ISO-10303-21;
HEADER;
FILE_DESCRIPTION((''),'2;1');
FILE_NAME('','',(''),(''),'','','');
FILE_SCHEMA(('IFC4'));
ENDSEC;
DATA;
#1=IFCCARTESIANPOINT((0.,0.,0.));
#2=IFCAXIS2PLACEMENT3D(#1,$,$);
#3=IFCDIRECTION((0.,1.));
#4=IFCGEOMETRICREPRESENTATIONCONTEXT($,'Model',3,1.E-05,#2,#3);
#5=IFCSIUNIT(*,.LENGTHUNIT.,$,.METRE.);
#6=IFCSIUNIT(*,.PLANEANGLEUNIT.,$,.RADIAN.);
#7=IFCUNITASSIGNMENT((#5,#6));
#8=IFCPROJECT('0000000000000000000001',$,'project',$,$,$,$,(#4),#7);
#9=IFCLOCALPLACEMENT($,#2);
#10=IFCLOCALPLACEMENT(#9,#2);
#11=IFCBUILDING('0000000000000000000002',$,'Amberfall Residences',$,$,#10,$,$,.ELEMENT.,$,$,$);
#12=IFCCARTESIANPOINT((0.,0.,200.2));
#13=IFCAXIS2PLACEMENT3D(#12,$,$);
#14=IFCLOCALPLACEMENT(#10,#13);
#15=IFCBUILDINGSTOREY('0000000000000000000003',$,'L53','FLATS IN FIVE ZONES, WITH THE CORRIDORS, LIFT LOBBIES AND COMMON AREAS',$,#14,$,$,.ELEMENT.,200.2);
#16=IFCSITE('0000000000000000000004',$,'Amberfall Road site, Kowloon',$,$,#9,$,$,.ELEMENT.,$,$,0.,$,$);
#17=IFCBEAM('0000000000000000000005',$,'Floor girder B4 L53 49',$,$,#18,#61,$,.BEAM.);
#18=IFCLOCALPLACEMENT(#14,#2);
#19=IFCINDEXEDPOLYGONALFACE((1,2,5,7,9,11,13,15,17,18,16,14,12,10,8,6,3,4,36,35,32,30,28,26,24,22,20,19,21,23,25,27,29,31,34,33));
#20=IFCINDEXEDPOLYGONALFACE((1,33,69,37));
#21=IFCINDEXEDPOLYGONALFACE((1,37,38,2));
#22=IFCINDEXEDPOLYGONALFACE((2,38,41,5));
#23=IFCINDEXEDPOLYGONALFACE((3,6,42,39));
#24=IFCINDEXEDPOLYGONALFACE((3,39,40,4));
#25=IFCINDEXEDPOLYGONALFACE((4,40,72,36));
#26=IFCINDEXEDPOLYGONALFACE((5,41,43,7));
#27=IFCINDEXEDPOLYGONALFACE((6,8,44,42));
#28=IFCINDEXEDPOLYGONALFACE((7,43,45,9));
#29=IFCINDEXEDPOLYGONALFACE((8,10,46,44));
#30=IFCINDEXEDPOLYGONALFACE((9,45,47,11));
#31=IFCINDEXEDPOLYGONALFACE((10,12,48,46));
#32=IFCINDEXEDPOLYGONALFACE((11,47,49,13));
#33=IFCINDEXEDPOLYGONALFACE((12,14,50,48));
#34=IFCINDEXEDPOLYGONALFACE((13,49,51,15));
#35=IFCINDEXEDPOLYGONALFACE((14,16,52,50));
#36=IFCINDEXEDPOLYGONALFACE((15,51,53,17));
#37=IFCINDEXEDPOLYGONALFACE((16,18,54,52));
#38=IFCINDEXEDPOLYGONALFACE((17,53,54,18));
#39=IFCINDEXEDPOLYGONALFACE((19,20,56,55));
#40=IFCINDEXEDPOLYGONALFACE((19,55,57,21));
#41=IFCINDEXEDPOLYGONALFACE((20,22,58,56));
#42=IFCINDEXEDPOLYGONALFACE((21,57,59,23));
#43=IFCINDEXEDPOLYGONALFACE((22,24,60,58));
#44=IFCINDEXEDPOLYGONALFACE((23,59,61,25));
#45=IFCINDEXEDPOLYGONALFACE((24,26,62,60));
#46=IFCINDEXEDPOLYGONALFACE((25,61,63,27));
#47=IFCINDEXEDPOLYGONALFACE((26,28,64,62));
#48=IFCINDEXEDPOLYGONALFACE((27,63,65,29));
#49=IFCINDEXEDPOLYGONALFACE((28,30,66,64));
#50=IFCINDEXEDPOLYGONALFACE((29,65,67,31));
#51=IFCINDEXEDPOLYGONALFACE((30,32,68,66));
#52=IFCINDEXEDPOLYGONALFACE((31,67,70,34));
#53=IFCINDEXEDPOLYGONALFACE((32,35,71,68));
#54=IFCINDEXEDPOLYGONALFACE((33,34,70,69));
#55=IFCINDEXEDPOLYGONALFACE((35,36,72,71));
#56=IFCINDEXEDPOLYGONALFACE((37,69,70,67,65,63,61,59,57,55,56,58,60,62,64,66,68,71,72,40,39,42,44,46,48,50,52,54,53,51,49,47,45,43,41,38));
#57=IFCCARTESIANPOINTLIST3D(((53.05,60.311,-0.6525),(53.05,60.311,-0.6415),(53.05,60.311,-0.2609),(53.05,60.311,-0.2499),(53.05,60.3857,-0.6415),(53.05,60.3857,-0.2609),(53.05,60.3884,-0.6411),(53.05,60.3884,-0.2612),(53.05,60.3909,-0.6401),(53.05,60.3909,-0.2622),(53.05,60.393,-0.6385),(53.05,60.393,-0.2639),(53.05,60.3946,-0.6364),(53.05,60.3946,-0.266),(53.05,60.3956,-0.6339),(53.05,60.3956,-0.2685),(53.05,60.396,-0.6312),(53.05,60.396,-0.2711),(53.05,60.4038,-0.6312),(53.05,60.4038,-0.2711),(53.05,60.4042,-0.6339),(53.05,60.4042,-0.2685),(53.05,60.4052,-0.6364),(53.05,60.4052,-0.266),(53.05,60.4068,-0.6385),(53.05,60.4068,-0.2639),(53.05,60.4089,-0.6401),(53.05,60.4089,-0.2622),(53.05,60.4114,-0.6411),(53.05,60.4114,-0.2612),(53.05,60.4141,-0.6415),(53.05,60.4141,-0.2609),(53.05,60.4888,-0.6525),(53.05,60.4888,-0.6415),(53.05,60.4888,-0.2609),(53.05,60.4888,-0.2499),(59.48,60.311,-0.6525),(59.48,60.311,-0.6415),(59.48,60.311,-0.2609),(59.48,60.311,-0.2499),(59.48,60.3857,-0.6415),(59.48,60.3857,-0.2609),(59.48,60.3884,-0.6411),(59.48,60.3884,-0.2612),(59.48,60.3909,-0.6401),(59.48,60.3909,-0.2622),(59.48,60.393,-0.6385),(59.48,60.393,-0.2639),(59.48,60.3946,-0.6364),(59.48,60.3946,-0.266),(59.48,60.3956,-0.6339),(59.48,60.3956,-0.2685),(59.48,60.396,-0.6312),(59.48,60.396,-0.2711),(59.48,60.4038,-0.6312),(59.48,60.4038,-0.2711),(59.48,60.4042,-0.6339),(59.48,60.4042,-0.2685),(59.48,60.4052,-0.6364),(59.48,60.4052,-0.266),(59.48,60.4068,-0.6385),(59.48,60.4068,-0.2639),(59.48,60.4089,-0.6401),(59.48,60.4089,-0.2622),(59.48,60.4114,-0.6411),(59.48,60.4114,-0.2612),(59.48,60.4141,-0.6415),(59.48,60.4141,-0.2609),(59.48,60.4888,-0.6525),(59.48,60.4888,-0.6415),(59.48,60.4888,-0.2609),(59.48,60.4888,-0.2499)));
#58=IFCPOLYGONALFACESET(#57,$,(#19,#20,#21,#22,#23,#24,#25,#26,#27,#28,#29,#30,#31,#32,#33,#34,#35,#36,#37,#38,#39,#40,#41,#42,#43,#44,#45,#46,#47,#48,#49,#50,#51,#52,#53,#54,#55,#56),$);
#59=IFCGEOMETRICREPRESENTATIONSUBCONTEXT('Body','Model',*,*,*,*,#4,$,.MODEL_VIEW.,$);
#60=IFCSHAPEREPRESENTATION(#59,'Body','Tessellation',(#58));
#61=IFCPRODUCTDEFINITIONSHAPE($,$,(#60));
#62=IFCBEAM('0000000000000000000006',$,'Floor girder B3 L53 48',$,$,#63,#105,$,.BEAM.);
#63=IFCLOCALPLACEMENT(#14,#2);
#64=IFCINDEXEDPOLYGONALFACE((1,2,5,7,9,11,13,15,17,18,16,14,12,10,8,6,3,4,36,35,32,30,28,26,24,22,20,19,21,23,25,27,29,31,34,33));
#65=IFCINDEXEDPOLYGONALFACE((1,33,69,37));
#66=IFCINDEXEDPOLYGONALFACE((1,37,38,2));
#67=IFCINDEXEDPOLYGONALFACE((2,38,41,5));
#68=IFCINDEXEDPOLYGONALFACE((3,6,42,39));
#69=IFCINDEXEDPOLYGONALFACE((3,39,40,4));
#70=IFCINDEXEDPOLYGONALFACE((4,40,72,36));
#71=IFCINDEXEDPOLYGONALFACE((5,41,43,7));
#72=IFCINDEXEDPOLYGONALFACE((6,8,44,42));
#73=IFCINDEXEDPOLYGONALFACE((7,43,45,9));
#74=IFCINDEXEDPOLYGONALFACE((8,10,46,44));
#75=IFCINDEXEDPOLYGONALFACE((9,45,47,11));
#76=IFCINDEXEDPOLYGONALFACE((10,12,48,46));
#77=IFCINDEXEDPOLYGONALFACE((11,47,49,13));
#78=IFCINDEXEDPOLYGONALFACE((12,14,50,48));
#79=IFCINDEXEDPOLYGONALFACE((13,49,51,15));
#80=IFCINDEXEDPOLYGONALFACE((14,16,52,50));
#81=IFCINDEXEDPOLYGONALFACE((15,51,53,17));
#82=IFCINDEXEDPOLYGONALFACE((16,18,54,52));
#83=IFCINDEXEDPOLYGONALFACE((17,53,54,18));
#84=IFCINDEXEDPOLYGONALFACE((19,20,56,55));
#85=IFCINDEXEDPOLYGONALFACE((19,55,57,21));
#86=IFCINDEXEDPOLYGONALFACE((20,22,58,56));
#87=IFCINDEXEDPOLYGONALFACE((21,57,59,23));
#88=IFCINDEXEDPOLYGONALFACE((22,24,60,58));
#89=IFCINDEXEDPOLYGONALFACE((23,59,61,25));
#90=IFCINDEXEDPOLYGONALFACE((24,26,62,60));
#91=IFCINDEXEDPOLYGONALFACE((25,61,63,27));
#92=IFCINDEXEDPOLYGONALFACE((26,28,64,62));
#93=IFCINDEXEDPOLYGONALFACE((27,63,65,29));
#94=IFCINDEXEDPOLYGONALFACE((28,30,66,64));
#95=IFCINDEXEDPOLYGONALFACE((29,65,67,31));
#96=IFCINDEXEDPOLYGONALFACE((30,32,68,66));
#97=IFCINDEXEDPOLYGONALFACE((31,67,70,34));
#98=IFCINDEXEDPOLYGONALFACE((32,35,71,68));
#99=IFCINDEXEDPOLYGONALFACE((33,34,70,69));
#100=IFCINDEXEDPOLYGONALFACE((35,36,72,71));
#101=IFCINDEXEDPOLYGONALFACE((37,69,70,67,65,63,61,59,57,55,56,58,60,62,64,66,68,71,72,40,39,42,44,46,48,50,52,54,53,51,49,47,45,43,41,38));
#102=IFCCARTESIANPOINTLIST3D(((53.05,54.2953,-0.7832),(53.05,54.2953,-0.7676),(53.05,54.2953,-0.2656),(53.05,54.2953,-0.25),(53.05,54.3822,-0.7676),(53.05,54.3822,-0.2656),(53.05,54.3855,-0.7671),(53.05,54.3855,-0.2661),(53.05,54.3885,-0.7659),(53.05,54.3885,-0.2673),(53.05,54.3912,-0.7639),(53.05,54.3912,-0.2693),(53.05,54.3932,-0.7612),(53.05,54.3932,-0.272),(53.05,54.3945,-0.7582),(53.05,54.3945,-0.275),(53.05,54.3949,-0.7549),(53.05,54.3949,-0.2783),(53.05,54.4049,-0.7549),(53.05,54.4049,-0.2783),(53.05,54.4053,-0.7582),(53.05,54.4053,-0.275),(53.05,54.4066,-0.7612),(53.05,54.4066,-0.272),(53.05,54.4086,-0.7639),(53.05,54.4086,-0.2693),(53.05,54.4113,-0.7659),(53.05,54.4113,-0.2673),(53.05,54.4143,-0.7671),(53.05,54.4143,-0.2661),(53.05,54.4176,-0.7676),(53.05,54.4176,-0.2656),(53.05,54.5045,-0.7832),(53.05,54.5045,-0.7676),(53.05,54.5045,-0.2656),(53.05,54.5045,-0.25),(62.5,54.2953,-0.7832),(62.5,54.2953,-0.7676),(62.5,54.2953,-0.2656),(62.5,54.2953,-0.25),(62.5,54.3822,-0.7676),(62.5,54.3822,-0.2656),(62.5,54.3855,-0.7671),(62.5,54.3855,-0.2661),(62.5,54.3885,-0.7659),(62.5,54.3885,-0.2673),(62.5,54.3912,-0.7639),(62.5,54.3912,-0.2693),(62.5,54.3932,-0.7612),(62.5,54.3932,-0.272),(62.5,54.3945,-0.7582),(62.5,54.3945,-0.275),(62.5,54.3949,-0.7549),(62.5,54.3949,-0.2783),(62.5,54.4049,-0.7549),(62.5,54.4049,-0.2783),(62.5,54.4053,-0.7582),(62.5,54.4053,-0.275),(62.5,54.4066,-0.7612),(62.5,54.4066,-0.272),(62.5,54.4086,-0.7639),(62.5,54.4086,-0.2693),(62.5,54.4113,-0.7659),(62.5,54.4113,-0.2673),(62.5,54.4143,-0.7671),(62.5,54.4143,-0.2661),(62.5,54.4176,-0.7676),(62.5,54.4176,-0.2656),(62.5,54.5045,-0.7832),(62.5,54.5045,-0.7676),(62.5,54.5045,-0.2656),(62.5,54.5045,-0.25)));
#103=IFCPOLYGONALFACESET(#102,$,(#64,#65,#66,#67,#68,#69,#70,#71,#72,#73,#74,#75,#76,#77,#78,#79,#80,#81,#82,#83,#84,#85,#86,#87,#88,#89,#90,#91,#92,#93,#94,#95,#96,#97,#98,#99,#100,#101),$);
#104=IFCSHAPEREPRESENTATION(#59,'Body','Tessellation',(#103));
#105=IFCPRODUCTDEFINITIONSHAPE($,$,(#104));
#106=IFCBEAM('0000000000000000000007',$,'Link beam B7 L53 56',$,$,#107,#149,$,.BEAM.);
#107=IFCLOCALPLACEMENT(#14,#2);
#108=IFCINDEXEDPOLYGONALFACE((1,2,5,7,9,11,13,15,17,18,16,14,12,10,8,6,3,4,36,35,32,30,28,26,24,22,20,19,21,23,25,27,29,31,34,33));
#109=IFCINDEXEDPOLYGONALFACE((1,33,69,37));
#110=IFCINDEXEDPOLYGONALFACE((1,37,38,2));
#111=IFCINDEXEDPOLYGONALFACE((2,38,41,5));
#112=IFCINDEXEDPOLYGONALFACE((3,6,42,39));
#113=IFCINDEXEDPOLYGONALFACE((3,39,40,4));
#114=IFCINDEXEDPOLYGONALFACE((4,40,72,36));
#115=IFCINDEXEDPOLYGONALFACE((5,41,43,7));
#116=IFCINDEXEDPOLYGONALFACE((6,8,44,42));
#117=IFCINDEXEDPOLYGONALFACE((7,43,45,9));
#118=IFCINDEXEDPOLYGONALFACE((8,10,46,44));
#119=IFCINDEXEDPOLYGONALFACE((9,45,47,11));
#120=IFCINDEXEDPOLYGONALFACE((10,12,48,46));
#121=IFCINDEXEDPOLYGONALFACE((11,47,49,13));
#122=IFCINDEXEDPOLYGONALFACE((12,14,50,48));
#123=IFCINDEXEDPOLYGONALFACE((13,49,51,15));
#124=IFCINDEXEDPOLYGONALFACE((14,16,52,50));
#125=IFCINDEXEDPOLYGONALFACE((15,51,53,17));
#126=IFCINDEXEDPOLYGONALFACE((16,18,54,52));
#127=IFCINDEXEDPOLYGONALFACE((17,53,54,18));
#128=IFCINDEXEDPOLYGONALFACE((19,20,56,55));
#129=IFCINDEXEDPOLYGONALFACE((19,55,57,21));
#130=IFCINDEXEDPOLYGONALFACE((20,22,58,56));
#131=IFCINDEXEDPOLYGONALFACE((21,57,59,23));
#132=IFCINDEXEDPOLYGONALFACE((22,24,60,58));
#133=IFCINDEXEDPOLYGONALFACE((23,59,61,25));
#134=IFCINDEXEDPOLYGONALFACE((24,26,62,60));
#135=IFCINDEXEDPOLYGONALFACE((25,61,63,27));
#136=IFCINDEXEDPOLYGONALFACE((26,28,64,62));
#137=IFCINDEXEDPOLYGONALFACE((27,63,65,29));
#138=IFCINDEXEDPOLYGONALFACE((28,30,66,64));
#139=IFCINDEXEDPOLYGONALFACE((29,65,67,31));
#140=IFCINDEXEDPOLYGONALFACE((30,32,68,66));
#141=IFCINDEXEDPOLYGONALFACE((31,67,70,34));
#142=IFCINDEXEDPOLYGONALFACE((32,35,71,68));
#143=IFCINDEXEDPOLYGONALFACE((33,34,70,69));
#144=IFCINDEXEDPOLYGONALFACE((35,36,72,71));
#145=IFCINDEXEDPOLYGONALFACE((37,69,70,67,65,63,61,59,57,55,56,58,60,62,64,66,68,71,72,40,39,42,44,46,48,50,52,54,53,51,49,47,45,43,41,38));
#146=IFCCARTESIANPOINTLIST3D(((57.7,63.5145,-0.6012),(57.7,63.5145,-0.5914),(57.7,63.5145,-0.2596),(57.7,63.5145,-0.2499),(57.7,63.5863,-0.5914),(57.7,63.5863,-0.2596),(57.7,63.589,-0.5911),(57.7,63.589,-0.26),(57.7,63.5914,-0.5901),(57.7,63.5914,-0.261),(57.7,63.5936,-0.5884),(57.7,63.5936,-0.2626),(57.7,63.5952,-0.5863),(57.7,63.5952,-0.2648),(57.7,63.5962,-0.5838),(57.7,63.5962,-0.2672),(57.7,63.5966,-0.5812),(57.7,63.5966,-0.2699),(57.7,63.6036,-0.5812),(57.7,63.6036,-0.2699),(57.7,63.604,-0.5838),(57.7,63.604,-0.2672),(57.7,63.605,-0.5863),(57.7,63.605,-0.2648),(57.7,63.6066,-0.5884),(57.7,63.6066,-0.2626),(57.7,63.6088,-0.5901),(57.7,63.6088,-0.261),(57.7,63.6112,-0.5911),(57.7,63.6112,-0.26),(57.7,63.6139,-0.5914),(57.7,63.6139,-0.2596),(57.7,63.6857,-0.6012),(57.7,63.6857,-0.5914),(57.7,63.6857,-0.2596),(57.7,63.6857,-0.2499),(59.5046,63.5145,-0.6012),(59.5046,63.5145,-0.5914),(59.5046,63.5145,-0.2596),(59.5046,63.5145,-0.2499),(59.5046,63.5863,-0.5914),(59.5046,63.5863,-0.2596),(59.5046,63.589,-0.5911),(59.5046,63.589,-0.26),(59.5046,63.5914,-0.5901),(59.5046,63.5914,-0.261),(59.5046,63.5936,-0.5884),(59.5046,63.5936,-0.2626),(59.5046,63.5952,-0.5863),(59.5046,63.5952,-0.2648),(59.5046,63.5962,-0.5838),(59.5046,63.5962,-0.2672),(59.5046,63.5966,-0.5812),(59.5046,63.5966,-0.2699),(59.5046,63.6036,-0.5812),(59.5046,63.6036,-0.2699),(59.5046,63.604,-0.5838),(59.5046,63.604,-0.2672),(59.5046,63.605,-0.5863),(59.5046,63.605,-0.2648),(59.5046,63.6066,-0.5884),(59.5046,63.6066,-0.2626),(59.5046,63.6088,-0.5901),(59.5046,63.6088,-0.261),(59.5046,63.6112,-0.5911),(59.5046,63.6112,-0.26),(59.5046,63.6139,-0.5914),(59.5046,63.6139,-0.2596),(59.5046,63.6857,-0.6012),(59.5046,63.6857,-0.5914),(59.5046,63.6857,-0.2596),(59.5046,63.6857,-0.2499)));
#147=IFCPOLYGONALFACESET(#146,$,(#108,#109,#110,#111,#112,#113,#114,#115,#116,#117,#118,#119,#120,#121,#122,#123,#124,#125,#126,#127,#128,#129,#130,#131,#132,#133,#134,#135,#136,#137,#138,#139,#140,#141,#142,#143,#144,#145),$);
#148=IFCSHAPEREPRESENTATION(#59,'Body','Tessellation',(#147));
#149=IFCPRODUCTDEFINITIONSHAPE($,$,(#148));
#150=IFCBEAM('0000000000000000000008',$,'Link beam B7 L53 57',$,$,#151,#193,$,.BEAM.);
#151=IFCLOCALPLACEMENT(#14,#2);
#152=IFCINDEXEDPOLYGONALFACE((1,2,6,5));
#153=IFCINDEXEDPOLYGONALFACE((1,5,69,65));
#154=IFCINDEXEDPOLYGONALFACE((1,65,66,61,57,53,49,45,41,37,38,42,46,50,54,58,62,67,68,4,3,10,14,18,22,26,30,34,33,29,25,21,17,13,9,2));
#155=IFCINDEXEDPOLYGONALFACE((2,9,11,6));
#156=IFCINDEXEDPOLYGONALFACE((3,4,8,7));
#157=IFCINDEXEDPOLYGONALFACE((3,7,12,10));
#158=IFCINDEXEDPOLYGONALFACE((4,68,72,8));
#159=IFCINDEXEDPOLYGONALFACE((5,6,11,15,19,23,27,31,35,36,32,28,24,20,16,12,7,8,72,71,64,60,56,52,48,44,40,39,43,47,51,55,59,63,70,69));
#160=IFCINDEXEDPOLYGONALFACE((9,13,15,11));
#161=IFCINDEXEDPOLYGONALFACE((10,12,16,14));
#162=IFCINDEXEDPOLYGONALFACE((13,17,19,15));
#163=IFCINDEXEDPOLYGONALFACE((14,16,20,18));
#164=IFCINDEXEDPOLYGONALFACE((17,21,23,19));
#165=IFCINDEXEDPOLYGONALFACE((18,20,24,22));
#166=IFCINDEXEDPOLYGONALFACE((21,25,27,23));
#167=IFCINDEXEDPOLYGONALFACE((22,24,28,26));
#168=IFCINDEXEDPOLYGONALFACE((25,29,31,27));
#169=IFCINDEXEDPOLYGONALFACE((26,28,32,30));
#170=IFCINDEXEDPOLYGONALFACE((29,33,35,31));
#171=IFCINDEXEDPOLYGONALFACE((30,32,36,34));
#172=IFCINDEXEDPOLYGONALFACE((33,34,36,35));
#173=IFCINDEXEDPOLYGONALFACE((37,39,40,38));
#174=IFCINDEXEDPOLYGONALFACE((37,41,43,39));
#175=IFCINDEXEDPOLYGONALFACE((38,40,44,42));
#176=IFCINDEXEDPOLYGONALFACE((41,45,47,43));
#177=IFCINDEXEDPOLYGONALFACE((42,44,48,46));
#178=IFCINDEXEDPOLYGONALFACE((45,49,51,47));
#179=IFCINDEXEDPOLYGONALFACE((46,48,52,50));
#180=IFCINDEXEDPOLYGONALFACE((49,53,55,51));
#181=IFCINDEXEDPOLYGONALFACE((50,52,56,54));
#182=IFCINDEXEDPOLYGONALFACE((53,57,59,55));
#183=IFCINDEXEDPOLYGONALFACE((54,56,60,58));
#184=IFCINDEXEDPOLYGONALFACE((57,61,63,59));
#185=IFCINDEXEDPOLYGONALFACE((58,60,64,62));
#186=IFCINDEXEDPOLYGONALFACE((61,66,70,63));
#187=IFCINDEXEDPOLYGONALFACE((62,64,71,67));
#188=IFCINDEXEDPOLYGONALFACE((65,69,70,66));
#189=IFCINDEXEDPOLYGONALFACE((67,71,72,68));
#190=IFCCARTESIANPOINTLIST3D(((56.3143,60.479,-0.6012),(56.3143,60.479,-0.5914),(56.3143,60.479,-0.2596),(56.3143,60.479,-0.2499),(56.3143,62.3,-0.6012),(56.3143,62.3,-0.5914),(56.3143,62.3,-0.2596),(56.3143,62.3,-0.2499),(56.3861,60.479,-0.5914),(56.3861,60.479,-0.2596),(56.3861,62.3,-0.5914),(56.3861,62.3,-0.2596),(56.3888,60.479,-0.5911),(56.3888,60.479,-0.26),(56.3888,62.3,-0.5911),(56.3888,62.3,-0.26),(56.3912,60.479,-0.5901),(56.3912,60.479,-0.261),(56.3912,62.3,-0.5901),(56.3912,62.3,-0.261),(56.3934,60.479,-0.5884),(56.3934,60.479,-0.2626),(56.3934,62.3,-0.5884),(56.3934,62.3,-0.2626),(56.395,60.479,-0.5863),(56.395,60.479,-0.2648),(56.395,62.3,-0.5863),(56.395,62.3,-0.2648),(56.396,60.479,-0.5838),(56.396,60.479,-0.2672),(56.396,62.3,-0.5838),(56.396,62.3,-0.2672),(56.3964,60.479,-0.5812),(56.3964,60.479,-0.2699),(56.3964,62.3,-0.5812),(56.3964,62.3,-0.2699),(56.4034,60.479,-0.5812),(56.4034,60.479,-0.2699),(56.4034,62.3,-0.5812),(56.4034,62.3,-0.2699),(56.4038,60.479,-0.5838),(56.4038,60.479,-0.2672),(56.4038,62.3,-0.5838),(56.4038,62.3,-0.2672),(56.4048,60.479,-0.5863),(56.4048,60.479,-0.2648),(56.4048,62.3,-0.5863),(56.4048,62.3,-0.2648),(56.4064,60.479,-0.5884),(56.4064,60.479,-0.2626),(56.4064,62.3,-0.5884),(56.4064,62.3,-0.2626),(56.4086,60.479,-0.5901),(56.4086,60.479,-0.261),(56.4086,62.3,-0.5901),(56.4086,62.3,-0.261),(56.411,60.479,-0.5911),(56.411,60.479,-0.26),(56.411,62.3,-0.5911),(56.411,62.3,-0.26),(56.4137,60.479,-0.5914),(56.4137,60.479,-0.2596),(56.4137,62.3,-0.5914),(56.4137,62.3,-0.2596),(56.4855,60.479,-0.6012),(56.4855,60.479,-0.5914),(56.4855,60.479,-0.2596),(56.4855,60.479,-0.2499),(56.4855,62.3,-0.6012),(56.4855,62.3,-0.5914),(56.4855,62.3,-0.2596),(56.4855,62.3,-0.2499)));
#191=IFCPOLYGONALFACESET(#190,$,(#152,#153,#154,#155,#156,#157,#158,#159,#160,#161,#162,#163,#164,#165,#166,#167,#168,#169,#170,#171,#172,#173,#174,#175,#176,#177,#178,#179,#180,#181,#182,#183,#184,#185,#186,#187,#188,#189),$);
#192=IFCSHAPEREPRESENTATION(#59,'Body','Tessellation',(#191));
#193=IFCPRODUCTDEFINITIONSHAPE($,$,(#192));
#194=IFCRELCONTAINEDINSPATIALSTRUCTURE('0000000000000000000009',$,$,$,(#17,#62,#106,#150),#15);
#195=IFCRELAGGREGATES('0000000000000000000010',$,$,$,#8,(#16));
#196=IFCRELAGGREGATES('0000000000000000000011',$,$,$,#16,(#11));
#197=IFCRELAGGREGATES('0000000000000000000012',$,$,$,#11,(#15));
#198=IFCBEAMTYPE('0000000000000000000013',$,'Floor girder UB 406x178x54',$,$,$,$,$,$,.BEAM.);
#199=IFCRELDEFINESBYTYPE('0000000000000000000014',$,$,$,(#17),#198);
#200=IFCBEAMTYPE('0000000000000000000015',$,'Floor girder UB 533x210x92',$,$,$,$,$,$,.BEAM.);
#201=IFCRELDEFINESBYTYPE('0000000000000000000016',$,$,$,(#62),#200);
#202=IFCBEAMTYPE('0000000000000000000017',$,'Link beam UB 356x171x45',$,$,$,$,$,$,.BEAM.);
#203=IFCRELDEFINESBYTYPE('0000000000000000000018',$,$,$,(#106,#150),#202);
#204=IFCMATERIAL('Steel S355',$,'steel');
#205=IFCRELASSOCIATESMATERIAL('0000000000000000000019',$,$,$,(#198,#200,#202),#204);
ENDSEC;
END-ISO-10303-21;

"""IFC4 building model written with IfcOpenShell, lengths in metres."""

from ifc_helpers import new_model, si_unit, direction, frame, origin, origin_2d, place, context, subcontext, project, spatial, i_section, extrude, material, material_profile, profile_set, type_object, element, save


model = new_model("IFC4")

# Units and contexts
model_context = context("Model", 3, precision=1e-05, world=origin(), true_north=direction((0.0, 1.0)))
body_context = subcontext(model_context, "Body", "Model", "MODEL_VIEW")
ifc_project = project(units=[si_unit("LENGTHUNIT", "METRE"), si_unit("PLANEANGLEUNIT", "RADIAN")], contexts=[model_context])

# Site, building, storey
site_placement = place(None, origin())
site = spatial("IfcSite", under=ifc_project, at=site_placement, Name="Amberfall Road site, Kowloon", CompositionType="ELEMENT", RefElevation=0.0)
building_placement = place(site_placement, origin())
building = spatial("IfcBuilding", under=site, at=building_placement, Name="Amberfall Residences", CompositionType="ELEMENT")
storey_placement = place(building_placement, frame((0.0, 0.0, 200.2)))
storey = spatial("IfcBuildingStorey", under=building, at=storey_placement, Name="L53", Description="FLATS IN FIVE ZONES, WITH THE CORRIDORS, LIFT LOBBIES AND COMMON AREAS", CompositionType="ELEMENT", Elevation=200.2)

# Shared definitions
ifc_material_1 = material(Name="Steel S355", Category="steel")

# Beams
ifc_material_profile_1 = material_profile(ifc_material_1, i_section(OverallWidth=0.1777, OverallDepth=0.4026, WebThickness=0.0078, FlangeThickness=0.011, FilletRadius=0.0103, at=origin_2d()), Name="UB 406x178x54")
ifc_profile_set_1 = profile_set([ifc_material_profile_1], Name="Steel S355")
beam_type_1 = type_object("IfcBeamType", Name="Floor girder UB 406x178x54", PredefinedType="BEAM", material=ifc_profile_set_1)
beam_1_placement = place(storey_placement, frame((53.05, 60.3999, -0.4512), z_axis=(1.0, 0.0, 0.0), x_axis=(0.0, 1.0, 0.0)))
element("IfcBeam", 1, at=beam_1_placement, inside=storey, type_object=beam_type_1, Name="Floor girder B4 L53 49", PredefinedType="BEAM", context=body_context, shape_type="SweptSolid", body=[
    extrude(i_section(OverallWidth=0.1777, OverallDepth=0.4026, WebThickness=0.0078, FlangeThickness=0.011, FilletRadius=0.0103, at=origin_2d()), origin(), (0.0, 0.0, 1.0), 6.4299),
])
ifc_material_profile_2 = material_profile(ifc_material_1, i_section(OverallWidth=0.2092, OverallDepth=0.5332, WebThickness=0.01, FlangeThickness=0.0156, FilletRadius=0.0127, at=origin_2d()), Name="UB 533x210x92")
ifc_profile_set_2 = profile_set([ifc_material_profile_2], Name="Steel S355")
beam_type_2 = type_object("IfcBeamType", Name="Floor girder UB 533x210x92", PredefinedType="BEAM", material=ifc_profile_set_2)
beam_2_placement = place(storey_placement, frame((53.05, 54.3999, -0.5166), z_axis=(1.0, 0.0, 0.0), x_axis=(0.0, 1.0, 0.0)))
element("IfcBeam", 2, at=beam_2_placement, inside=storey, type_object=beam_type_2, Name="Floor girder B3 L53 48", PredefinedType="BEAM", context=body_context, shape_type="SweptSolid", body=[
    extrude(i_section(OverallWidth=0.2092, OverallDepth=0.5332, WebThickness=0.01, FlangeThickness=0.0156, FilletRadius=0.0127, at=origin_2d()), origin(), (0.0, 0.0, 1.0), 9.45),
])
ifc_material_profile_3 = material_profile(ifc_material_1, i_section(OverallWidth=0.1711, OverallDepth=0.3513, WebThickness=0.0071, FlangeThickness=0.0098, FilletRadius=0.0103, at=origin_2d()), Name="UB 356x171x45")
ifc_profile_set_3 = profile_set([ifc_material_profile_3], Name="Steel S355")
beam_type_3 = type_object("IfcBeamType", Name="Link beam UB 356x171x45", PredefinedType="BEAM", material=ifc_profile_set_3)
beam_3_placement = place(storey_placement, frame((57.7, 63.6001, -0.4255), z_axis=(1.0, 0.0, 0.0), x_axis=(0.0, 1.0, 0.0)))
element("IfcBeam", 3, at=beam_3_placement, inside=storey, type_object=beam_type_3, Name="Link beam B7 L53 56", PredefinedType="BEAM", context=body_context, shape_type="SweptSolid", body=[
    extrude(i_section(OverallWidth=0.1711, OverallDepth=0.3513, WebThickness=0.0071, FlangeThickness=0.0098, FilletRadius=0.0103, at=origin_2d()), origin(), (0.0, 0.0, 1.0), 1.8047),
])
beam_4_placement = place(storey_placement, frame((56.3999, 62.3, -0.4255), z_axis=(0.0, -1.0, 0.0), x_axis=(1.0, 0.0, 0.0)))
element("IfcBeam", 4, at=beam_4_placement, inside=storey, type_object=beam_type_3, Name="Link beam B7 L53 57", PredefinedType="BEAM", context=body_context, shape_type="SweptSolid", body=[
    extrude(i_section(OverallWidth=0.1711, OverallDepth=0.3513, WebThickness=0.0071, FlangeThickness=0.0098, FilletRadius=0.0103, at=origin_2d()), origin(), (0.0, 0.0, 1.0), 1.821),
])

save(model, "model.ifc")
